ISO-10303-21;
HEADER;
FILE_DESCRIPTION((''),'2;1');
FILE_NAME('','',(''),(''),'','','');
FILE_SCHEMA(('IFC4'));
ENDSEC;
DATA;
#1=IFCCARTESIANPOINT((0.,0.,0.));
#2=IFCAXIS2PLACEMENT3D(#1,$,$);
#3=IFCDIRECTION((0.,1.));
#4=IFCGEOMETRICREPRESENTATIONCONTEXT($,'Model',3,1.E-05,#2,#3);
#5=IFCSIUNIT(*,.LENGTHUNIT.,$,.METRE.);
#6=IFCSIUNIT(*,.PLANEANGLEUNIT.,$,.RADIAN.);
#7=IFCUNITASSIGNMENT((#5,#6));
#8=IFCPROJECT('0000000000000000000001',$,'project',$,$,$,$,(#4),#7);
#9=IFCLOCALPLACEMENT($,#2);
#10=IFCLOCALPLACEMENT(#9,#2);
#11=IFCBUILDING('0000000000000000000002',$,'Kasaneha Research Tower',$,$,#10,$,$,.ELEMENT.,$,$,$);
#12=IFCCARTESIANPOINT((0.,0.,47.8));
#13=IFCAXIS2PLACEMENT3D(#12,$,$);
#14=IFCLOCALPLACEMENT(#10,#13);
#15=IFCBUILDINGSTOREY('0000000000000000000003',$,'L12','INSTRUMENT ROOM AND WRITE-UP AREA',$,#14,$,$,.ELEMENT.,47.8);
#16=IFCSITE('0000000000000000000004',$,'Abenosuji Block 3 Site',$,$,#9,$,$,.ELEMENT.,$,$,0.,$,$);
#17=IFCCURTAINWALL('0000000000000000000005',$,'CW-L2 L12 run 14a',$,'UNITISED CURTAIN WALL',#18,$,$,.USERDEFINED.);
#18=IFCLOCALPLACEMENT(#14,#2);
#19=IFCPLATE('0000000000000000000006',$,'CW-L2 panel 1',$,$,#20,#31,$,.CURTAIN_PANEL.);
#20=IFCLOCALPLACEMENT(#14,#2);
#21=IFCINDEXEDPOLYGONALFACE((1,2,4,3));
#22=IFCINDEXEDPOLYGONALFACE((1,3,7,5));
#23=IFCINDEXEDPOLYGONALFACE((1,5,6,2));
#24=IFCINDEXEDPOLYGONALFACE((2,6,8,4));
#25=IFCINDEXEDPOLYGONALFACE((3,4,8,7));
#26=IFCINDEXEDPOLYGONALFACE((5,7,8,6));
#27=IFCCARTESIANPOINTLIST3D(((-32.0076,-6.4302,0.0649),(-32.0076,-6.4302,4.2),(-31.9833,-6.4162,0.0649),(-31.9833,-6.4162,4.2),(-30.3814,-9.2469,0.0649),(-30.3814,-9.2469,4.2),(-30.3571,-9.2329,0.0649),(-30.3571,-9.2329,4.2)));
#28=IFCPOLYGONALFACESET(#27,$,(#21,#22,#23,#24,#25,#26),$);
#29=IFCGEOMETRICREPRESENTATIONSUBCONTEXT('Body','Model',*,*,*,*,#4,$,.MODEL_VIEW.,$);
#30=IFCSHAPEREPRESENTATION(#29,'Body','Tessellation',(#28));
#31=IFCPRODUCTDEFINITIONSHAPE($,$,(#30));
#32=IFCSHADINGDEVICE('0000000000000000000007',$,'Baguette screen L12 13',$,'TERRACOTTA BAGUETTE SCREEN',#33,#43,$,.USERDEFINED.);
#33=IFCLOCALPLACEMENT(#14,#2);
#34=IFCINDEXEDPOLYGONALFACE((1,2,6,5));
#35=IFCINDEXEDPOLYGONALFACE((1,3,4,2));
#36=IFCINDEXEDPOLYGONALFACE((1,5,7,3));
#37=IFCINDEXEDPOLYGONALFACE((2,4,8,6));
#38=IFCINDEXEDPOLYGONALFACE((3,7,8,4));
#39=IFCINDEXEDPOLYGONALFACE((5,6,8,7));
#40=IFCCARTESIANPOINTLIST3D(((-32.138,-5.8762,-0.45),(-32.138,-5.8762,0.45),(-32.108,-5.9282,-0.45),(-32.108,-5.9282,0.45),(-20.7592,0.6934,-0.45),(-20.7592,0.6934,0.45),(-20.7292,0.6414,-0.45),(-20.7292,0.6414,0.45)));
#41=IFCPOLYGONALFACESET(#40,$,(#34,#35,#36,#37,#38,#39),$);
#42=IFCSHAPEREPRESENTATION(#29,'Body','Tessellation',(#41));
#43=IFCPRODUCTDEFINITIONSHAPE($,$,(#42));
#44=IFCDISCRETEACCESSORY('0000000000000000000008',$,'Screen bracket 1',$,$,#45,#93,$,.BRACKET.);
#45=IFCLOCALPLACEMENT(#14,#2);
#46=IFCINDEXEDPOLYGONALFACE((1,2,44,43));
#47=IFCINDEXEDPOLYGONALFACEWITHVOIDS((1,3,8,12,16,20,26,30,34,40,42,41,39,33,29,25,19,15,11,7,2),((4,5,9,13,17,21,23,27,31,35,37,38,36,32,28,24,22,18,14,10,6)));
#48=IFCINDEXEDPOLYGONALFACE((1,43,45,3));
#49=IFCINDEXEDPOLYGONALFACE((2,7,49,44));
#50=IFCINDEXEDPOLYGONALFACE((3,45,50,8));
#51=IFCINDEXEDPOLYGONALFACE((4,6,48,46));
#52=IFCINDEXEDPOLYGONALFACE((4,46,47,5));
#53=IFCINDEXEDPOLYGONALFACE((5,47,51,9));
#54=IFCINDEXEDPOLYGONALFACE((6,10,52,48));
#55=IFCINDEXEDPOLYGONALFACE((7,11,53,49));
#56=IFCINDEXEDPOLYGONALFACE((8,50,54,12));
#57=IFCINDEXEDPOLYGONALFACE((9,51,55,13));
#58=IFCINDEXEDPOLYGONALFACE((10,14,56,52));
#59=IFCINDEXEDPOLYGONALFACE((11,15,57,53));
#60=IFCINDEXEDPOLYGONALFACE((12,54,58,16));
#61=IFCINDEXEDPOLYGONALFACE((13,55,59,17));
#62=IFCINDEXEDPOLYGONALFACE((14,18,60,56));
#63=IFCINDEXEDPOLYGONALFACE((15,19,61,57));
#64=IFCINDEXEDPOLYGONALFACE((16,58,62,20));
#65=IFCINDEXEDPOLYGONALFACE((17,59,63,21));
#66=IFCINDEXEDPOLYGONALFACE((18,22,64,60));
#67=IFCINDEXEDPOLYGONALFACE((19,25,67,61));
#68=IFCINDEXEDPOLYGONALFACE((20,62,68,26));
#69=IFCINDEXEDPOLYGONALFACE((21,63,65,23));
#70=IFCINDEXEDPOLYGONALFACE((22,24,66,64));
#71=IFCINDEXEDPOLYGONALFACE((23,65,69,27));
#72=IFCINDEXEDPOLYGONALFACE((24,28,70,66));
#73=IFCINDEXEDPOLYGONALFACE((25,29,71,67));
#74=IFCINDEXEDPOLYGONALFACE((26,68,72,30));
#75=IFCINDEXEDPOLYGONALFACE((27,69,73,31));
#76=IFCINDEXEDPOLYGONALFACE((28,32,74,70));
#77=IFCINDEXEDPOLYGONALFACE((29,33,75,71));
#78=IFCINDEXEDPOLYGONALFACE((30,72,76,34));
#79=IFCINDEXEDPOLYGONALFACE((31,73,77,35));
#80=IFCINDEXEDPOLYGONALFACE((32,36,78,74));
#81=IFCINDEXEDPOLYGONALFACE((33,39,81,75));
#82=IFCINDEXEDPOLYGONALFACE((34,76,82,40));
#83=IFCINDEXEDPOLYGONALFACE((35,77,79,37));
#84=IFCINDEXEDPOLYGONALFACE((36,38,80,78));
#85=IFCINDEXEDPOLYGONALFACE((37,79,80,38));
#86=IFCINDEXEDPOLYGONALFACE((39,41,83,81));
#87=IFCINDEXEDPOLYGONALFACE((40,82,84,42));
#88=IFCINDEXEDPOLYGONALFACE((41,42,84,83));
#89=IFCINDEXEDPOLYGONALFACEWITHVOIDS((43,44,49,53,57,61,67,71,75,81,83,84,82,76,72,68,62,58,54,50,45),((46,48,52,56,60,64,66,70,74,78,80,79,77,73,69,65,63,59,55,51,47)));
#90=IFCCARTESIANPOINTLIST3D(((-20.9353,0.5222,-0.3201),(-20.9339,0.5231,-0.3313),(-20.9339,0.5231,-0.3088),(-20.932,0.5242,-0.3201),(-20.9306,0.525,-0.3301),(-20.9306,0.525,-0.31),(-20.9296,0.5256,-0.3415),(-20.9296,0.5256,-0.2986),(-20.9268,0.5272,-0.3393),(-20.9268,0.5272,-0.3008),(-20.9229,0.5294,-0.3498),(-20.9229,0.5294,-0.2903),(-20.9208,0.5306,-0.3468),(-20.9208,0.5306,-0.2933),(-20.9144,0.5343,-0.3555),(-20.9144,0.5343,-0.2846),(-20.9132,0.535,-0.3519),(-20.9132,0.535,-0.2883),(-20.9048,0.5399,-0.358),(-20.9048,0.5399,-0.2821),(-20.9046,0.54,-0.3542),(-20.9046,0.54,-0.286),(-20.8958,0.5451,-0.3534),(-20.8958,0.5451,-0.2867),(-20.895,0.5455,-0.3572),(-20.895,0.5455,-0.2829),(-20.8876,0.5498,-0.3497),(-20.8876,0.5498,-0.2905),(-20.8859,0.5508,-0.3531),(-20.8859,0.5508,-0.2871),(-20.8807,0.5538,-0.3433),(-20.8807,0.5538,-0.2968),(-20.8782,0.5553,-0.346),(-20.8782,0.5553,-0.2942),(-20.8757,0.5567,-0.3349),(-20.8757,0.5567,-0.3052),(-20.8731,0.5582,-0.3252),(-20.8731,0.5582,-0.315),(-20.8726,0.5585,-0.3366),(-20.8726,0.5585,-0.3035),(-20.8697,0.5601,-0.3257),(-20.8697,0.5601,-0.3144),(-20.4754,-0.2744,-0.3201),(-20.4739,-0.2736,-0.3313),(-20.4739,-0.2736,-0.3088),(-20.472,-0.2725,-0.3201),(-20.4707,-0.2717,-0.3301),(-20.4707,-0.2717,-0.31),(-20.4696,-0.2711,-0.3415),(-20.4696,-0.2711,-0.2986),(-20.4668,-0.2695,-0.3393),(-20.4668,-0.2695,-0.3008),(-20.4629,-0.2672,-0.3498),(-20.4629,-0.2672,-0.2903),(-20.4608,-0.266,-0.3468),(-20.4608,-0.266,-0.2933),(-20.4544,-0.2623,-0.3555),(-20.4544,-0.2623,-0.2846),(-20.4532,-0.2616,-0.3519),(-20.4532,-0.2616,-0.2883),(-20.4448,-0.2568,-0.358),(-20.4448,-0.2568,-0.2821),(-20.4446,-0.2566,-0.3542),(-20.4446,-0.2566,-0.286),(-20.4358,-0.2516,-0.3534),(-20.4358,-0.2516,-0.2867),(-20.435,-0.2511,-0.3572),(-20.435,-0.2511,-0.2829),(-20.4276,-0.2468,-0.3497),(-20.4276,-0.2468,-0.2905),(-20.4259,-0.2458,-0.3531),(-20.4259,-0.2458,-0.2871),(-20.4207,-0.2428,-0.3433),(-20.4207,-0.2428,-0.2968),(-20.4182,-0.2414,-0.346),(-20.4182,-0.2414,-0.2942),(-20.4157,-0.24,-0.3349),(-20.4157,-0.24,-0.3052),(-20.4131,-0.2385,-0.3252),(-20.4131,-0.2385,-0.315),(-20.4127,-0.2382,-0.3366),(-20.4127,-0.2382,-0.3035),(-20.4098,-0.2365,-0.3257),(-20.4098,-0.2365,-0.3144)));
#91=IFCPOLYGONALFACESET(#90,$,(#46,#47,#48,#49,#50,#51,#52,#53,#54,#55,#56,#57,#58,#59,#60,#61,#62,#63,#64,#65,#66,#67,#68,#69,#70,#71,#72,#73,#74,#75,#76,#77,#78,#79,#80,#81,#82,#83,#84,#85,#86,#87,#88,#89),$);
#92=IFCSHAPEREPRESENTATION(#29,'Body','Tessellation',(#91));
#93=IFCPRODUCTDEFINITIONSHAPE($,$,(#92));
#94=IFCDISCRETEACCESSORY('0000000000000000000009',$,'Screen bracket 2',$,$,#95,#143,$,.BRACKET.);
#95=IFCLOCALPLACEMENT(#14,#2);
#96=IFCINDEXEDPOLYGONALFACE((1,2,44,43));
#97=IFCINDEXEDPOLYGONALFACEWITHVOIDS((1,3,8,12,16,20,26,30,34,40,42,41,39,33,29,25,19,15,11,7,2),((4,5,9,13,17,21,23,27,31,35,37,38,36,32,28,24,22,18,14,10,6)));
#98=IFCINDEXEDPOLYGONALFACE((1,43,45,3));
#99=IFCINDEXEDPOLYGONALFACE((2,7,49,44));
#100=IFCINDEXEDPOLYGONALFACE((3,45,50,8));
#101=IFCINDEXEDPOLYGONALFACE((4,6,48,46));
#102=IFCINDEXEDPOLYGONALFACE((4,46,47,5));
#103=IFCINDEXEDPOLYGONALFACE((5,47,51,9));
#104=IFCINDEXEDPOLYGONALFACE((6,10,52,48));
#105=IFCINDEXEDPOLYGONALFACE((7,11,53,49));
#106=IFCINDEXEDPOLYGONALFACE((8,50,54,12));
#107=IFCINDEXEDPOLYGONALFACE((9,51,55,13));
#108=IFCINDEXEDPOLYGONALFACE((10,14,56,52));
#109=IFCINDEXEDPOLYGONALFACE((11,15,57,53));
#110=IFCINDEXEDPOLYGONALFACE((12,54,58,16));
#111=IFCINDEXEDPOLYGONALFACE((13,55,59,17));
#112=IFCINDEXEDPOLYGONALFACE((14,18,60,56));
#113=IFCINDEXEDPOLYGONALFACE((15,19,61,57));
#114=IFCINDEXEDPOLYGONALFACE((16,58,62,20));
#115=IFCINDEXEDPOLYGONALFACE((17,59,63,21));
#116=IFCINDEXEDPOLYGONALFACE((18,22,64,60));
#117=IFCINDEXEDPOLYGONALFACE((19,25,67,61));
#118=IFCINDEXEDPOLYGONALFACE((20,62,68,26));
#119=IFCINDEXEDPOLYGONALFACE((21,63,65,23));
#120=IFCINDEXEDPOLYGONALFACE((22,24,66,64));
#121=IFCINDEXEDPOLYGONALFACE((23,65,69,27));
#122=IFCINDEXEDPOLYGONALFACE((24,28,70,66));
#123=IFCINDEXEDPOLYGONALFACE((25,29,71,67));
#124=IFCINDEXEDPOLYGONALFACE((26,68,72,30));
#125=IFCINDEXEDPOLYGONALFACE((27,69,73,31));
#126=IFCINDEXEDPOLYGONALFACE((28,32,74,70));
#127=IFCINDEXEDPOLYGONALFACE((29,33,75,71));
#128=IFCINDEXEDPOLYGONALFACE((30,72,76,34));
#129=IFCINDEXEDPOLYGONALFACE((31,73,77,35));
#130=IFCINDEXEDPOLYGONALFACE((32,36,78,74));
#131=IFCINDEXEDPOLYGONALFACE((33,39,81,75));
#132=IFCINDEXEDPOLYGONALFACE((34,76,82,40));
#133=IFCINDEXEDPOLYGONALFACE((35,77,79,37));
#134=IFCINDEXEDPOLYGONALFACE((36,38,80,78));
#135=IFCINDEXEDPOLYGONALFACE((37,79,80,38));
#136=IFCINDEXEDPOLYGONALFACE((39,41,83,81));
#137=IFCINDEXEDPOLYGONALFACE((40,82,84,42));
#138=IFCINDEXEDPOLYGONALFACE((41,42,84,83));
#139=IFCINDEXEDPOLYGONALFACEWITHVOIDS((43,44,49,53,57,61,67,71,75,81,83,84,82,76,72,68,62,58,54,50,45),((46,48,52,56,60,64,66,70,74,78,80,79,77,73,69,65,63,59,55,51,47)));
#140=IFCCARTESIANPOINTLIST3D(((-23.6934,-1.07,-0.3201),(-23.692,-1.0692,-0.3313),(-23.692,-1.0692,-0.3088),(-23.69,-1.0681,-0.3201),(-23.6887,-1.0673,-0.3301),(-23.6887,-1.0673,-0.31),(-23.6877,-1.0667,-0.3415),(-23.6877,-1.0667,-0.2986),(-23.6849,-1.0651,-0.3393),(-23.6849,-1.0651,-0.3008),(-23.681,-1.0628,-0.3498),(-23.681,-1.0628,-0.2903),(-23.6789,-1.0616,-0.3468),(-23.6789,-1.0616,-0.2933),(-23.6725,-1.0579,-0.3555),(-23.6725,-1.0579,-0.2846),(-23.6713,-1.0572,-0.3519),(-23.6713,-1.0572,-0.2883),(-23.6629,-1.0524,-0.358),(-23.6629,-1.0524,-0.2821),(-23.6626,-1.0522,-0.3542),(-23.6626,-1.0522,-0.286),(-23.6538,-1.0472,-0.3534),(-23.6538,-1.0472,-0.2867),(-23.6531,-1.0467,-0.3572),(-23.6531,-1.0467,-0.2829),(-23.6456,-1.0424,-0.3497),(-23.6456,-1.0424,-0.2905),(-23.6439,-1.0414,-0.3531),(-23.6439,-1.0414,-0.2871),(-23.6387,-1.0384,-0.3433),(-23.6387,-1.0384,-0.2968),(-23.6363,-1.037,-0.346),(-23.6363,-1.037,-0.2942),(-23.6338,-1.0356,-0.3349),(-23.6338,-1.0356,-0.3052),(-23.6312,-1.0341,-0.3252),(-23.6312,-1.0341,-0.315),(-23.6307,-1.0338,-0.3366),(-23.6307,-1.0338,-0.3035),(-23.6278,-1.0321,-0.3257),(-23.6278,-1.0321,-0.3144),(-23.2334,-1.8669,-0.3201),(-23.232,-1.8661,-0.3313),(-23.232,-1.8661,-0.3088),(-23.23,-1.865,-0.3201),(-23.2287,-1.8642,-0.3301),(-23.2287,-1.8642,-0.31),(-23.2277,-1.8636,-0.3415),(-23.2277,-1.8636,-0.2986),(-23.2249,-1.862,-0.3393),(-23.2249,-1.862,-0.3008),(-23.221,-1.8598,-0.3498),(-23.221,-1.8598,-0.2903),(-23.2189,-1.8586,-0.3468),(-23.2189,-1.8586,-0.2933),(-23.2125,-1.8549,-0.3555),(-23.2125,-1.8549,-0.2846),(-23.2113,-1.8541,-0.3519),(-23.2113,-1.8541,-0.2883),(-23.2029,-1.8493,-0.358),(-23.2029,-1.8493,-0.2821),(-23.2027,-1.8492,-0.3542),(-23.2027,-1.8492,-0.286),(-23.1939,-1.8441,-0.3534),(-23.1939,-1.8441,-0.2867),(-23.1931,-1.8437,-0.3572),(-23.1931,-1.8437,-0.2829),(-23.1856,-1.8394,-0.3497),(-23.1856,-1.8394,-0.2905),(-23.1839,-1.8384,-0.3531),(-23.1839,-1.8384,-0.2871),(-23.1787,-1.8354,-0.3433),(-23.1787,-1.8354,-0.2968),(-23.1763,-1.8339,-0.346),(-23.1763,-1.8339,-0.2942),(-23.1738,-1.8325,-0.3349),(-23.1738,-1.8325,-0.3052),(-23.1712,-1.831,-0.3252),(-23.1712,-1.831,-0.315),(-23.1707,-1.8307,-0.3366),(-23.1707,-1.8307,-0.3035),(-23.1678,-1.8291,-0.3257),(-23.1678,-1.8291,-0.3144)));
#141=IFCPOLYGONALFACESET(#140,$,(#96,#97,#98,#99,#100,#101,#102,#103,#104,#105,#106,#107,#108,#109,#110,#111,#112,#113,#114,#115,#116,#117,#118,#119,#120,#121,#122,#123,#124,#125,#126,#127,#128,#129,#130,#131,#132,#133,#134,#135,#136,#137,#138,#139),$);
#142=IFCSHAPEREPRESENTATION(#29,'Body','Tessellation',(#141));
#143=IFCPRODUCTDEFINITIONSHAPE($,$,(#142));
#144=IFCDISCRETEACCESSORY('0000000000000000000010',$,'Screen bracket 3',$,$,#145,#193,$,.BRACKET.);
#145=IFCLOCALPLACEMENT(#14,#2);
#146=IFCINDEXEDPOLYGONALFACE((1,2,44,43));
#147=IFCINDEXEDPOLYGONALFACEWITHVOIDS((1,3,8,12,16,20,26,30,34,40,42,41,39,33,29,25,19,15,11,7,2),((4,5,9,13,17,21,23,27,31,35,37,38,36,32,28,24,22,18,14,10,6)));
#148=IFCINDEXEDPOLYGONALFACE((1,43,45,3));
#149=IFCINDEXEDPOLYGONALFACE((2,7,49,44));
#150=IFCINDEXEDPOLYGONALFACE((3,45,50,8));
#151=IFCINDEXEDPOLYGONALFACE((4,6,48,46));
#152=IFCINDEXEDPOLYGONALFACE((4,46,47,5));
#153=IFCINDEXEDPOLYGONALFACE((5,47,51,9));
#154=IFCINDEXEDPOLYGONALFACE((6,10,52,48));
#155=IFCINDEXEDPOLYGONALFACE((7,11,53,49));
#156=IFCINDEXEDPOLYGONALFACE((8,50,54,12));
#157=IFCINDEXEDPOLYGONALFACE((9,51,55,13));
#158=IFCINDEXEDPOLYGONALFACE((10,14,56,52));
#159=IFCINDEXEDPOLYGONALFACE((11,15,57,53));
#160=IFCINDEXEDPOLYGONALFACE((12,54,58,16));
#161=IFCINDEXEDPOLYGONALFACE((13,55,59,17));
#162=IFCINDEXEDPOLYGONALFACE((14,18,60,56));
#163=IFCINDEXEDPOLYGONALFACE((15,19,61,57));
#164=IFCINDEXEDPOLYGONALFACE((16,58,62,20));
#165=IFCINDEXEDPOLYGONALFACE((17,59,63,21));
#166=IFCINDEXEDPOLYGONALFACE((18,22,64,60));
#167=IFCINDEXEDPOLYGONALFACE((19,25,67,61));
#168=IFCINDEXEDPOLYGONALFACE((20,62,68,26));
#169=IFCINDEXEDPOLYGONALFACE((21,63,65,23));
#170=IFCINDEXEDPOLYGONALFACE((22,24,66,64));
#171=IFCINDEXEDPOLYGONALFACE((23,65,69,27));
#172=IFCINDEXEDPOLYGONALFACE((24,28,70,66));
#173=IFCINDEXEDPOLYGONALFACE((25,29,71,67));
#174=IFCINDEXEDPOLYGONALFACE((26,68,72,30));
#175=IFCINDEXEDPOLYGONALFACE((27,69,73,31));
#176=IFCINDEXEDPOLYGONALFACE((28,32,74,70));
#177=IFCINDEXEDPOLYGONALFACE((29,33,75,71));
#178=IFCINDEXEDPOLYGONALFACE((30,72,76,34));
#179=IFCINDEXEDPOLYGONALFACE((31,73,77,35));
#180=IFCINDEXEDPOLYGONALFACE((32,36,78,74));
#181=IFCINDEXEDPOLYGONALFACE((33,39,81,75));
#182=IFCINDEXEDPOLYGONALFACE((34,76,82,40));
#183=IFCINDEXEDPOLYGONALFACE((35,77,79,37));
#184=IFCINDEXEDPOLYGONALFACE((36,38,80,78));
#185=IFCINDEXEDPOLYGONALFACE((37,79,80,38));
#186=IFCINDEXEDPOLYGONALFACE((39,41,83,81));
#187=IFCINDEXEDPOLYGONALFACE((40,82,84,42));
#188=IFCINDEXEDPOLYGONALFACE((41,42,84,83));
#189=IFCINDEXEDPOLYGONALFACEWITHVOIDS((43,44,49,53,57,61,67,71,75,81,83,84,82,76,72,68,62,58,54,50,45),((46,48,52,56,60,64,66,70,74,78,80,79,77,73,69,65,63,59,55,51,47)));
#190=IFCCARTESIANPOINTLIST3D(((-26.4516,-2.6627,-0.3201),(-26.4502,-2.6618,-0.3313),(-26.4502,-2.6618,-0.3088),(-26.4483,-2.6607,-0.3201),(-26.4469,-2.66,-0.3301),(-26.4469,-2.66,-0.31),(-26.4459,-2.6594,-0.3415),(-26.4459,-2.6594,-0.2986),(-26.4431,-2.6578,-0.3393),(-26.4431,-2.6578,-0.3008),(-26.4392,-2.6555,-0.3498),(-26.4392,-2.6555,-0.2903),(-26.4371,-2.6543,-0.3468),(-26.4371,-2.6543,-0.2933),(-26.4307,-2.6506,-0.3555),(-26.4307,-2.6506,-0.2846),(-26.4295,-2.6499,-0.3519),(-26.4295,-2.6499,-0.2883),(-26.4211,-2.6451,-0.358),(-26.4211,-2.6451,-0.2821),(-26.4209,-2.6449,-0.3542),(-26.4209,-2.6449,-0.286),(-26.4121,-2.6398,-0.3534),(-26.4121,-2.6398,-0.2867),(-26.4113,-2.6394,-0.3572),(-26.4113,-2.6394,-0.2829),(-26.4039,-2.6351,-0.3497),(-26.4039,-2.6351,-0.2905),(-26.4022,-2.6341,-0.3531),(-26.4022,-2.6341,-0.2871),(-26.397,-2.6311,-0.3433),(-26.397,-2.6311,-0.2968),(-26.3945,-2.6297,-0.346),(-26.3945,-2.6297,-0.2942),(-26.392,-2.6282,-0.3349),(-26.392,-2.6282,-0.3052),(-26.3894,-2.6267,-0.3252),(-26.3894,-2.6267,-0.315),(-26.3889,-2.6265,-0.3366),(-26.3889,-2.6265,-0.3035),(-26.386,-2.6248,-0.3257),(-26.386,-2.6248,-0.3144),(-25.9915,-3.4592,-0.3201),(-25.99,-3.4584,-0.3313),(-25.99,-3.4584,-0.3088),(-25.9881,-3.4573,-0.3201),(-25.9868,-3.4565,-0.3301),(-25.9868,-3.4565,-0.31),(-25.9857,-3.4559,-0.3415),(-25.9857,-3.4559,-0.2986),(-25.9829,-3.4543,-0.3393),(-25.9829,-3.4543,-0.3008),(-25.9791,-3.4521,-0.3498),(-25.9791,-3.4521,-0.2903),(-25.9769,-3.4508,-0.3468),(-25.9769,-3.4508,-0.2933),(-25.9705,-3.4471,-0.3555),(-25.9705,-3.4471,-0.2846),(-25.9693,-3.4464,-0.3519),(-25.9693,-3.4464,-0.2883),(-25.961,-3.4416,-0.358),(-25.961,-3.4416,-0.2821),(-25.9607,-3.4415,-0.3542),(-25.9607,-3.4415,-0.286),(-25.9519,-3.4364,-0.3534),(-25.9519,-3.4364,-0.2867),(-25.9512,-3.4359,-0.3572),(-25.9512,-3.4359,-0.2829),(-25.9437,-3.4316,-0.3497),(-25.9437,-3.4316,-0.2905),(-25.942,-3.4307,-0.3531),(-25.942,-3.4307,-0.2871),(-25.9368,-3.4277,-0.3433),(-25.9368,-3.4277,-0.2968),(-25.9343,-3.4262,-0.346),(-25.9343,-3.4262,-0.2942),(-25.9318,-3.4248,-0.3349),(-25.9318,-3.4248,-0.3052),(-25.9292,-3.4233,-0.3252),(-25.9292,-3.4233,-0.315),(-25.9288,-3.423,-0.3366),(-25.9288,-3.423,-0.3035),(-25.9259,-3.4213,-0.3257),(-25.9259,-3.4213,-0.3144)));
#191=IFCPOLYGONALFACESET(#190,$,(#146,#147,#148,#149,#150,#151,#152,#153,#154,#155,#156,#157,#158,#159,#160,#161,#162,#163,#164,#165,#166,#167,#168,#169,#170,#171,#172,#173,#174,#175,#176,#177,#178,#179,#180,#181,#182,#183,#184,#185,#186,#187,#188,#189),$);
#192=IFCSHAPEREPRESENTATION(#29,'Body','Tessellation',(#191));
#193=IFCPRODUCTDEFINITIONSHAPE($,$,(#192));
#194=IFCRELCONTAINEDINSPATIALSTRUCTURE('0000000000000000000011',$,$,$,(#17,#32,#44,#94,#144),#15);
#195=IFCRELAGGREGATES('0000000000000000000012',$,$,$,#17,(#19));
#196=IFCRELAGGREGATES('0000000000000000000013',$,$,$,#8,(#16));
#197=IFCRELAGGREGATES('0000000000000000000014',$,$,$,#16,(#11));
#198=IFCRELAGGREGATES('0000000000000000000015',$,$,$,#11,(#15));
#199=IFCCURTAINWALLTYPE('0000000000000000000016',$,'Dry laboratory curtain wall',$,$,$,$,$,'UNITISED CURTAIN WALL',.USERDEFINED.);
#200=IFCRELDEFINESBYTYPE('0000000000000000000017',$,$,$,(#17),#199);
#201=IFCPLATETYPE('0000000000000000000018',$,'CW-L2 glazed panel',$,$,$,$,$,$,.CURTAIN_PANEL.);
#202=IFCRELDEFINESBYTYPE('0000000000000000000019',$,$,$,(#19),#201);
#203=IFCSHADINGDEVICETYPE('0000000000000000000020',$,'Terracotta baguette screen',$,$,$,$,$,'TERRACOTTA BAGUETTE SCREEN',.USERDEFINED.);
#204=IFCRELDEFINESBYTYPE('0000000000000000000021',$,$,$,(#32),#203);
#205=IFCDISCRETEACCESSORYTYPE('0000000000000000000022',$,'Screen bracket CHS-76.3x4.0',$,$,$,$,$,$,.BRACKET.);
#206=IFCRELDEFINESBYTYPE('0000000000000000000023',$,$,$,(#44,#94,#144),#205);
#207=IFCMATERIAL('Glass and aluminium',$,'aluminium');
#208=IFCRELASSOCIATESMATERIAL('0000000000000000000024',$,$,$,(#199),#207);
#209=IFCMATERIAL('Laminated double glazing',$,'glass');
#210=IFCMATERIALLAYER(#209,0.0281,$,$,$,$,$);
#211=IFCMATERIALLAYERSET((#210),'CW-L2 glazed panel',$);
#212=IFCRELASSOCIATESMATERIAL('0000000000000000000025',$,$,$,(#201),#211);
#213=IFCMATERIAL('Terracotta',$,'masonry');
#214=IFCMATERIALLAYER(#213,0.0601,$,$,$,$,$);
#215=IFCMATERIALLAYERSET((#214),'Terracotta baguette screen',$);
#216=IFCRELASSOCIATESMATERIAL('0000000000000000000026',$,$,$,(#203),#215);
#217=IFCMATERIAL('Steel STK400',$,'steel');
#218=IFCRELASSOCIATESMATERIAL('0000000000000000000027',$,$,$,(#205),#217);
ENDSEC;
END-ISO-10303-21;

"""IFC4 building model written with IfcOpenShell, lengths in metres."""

from ifc_helpers import new_model, si_unit, direction, frame, origin, origin_2d, place, context, subcontext, project, spatial, rectangle, hollow_circle, extrude, material, layer, layer_set, material_profile, profile_set, type_object, element, aggregate, save


model = new_model("IFC4")

# Units and contexts
model_context = context("Model", 3, precision=1e-05, world=origin(), true_north=direction((0.0, 1.0)))
body_context = subcontext(model_context, "Body", "Model", "MODEL_VIEW")
ifc_project = project(units=[si_unit("LENGTHUNIT", "METRE"), si_unit("PLANEANGLEUNIT", "RADIAN")], contexts=[model_context])

# Site, building, storey
site_placement = place(None, origin())
site = spatial("IfcSite", under=ifc_project, at=site_placement, Name="Abenosuji Block 3 Site", CompositionType="ELEMENT", RefElevation=0.0)
building_placement = place(site_placement, origin())
building = spatial("IfcBuilding", under=site, at=building_placement, Name="Kasaneha Research Tower", CompositionType="ELEMENT")
storey_placement = place(building_placement, frame((0.0, 0.0, 47.8)))
storey = spatial("IfcBuildingStorey", under=building, at=storey_placement, Name="L12", Description="INSTRUMENT ROOM AND WRITE-UP AREA", CompositionType="ELEMENT", Elevation=47.8)

# Shared definitions
ifc_material_1 = material(Name="Glass and aluminium", Category="aluminium")
curtain_wall_type = type_object("IfcCurtainWallType", Name="Dry laboratory curtain wall", ElementType="UNITISED CURTAIN WALL", PredefinedType="USERDEFINED", material=ifc_material_1)

# Curtain wall
curtain_wall_1_placement = place(storey_placement, origin())
curtain_wall_1 = element("IfcCurtainWall", 1, at=curtain_wall_1_placement, inside=storey, type_object=curtain_wall_type, Name="CW-L2 L12 run 14a", ObjectType="UNITISED CURTAIN WALL", PredefinedType="USERDEFINED")

# Plate
ifc_material_2 = material(Name="Laminated double glazing", Category="glass")
ifc_layer_1 = layer(ifc_material_2, 0.0281)
ifc_layer_set_1 = layer_set([ifc_layer_1], Name="CW-L2 glazed panel")
plate_type = type_object("IfcPlateType", Name="CW-L2 glazed panel", PredefinedType="CURTAIN_PANEL", material=ifc_layer_set_1)
plate_1_placement = place(storey_placement, frame((-31.1824, -7.8315, 0.0649), z_axis=(0.0, 0.0, 1.0), x_axis=(0.5, -0.866025, 0.0)))
plate_1 = element("IfcPlate", 2, at=plate_1_placement, type_object=plate_type, Name="CW-L2 panel 1", PredefinedType="CURTAIN_PANEL", context=body_context, shape_type="SweptSolid", body=[
    extrude(rectangle(XDim=3.2524, YDim=0.0281, at=origin_2d()), origin(), (0.0, 0.0, 1.0), 4.135),
])
aggregate(curtain_wall_1, [plate_1])

# Shading device
ifc_material_3 = material(Name="Terracotta", Category="masonry")
ifc_layer_2 = layer(ifc_material_3, 0.0601)
ifc_layer_set_2 = layer_set([ifc_layer_2], Name="Terracotta baguette screen")
shading_device_type = type_object("IfcShadingDeviceType", Name="Terracotta baguette screen", ElementType="TERRACOTTA BAGUETTE SCREEN", PredefinedType="USERDEFINED", material=ifc_layer_set_2)
shading_device_placement = place(storey_placement, frame((-26.4336, -2.6174, -0.45), z_axis=(0.0, 0.0, 1.0), x_axis=(-0.866025, -0.5, 0.0)))
element("IfcShadingDevice", 3, at=shading_device_placement, inside=storey, type_object=shading_device_type, Name="Baguette screen L12 13", ObjectType="TERRACOTTA BAGUETTE SCREEN", PredefinedType="USERDEFINED", context=body_context, shape_type="SweptSolid", body=[
    extrude(rectangle(XDim=13.1392, YDim=0.0601, at=origin_2d()), origin(), (0.0, 0.0, 1.0), 0.8999),
])

# Discrete accessories
ifc_material_4 = material(Name="Steel STK400", Category="steel")
ifc_material_profile_1 = material_profile(ifc_material_4, hollow_circle(Radius=0.0381, WallThickness=0.0039, at=origin_2d()), Name="CHS-76.3x4.0")
ifc_profile_set_1 = profile_set([ifc_material_profile_1], Name="Steel STK400")
discrete_accessory_type = type_object("IfcDiscreteAccessoryType", Name="Screen bracket CHS-76.3x4.0", PredefinedType="BRACKET", material=ifc_profile_set_1)
discrete_accessory_1_placement = place(storey_placement, frame((-20.4424, -0.2554, -0.3201), z_axis=(-0.500021, 0.866013, 0.0), x_axis=(-0.866013, -0.500021, 0.0)))
element("IfcDiscreteAccessory", 4, at=discrete_accessory_1_placement, inside=storey, type_object=discrete_accessory_type, Name="Screen bracket 1", PredefinedType="BRACKET", context=body_context, shape_type="SweptSolid", body=[
    extrude(hollow_circle(Radius=0.0381, WallThickness=0.0039, at=origin_2d()), origin(), (0.0, 0.0, 1.0), 0.9199),
])
discrete_accessory_2_placement = place(storey_placement, frame((-23.2004, -1.8479, -0.3201), z_axis=(-0.499906, 0.86608, 0.0), x_axis=(-0.86608, -0.499906, 0.0)))
element("IfcDiscreteAccessory", 5, at=discrete_accessory_2_placement, inside=storey, type_object=discrete_accessory_type, Name="Screen bracket 2", PredefinedType="BRACKET", context=body_context, shape_type="SweptSolid", body=[
    extrude(hollow_circle(Radius=0.0381, WallThickness=0.0039, at=origin_2d()), origin(), (0.0, 0.0, 1.0), 0.9202),
])
discrete_accessory_3_placement = place(storey_placement, frame((-25.9585, -3.4402, -0.3201), z_axis=(-0.50022, 0.865898, 0.0), x_axis=(-0.865898, -0.50022, 0.0)))
element("IfcDiscreteAccessory", 6, at=discrete_accessory_3_placement, inside=storey, type_object=discrete_accessory_type, Name="Screen bracket 3", PredefinedType="BRACKET", context=body_context, shape_type="SweptSolid", body=[
    extrude(hollow_circle(Radius=0.0381, WallThickness=0.0039, at=origin_2d()), origin(), (0.0, 0.0, 1.0), 0.9199),
])

save(model, "model.ifc")
